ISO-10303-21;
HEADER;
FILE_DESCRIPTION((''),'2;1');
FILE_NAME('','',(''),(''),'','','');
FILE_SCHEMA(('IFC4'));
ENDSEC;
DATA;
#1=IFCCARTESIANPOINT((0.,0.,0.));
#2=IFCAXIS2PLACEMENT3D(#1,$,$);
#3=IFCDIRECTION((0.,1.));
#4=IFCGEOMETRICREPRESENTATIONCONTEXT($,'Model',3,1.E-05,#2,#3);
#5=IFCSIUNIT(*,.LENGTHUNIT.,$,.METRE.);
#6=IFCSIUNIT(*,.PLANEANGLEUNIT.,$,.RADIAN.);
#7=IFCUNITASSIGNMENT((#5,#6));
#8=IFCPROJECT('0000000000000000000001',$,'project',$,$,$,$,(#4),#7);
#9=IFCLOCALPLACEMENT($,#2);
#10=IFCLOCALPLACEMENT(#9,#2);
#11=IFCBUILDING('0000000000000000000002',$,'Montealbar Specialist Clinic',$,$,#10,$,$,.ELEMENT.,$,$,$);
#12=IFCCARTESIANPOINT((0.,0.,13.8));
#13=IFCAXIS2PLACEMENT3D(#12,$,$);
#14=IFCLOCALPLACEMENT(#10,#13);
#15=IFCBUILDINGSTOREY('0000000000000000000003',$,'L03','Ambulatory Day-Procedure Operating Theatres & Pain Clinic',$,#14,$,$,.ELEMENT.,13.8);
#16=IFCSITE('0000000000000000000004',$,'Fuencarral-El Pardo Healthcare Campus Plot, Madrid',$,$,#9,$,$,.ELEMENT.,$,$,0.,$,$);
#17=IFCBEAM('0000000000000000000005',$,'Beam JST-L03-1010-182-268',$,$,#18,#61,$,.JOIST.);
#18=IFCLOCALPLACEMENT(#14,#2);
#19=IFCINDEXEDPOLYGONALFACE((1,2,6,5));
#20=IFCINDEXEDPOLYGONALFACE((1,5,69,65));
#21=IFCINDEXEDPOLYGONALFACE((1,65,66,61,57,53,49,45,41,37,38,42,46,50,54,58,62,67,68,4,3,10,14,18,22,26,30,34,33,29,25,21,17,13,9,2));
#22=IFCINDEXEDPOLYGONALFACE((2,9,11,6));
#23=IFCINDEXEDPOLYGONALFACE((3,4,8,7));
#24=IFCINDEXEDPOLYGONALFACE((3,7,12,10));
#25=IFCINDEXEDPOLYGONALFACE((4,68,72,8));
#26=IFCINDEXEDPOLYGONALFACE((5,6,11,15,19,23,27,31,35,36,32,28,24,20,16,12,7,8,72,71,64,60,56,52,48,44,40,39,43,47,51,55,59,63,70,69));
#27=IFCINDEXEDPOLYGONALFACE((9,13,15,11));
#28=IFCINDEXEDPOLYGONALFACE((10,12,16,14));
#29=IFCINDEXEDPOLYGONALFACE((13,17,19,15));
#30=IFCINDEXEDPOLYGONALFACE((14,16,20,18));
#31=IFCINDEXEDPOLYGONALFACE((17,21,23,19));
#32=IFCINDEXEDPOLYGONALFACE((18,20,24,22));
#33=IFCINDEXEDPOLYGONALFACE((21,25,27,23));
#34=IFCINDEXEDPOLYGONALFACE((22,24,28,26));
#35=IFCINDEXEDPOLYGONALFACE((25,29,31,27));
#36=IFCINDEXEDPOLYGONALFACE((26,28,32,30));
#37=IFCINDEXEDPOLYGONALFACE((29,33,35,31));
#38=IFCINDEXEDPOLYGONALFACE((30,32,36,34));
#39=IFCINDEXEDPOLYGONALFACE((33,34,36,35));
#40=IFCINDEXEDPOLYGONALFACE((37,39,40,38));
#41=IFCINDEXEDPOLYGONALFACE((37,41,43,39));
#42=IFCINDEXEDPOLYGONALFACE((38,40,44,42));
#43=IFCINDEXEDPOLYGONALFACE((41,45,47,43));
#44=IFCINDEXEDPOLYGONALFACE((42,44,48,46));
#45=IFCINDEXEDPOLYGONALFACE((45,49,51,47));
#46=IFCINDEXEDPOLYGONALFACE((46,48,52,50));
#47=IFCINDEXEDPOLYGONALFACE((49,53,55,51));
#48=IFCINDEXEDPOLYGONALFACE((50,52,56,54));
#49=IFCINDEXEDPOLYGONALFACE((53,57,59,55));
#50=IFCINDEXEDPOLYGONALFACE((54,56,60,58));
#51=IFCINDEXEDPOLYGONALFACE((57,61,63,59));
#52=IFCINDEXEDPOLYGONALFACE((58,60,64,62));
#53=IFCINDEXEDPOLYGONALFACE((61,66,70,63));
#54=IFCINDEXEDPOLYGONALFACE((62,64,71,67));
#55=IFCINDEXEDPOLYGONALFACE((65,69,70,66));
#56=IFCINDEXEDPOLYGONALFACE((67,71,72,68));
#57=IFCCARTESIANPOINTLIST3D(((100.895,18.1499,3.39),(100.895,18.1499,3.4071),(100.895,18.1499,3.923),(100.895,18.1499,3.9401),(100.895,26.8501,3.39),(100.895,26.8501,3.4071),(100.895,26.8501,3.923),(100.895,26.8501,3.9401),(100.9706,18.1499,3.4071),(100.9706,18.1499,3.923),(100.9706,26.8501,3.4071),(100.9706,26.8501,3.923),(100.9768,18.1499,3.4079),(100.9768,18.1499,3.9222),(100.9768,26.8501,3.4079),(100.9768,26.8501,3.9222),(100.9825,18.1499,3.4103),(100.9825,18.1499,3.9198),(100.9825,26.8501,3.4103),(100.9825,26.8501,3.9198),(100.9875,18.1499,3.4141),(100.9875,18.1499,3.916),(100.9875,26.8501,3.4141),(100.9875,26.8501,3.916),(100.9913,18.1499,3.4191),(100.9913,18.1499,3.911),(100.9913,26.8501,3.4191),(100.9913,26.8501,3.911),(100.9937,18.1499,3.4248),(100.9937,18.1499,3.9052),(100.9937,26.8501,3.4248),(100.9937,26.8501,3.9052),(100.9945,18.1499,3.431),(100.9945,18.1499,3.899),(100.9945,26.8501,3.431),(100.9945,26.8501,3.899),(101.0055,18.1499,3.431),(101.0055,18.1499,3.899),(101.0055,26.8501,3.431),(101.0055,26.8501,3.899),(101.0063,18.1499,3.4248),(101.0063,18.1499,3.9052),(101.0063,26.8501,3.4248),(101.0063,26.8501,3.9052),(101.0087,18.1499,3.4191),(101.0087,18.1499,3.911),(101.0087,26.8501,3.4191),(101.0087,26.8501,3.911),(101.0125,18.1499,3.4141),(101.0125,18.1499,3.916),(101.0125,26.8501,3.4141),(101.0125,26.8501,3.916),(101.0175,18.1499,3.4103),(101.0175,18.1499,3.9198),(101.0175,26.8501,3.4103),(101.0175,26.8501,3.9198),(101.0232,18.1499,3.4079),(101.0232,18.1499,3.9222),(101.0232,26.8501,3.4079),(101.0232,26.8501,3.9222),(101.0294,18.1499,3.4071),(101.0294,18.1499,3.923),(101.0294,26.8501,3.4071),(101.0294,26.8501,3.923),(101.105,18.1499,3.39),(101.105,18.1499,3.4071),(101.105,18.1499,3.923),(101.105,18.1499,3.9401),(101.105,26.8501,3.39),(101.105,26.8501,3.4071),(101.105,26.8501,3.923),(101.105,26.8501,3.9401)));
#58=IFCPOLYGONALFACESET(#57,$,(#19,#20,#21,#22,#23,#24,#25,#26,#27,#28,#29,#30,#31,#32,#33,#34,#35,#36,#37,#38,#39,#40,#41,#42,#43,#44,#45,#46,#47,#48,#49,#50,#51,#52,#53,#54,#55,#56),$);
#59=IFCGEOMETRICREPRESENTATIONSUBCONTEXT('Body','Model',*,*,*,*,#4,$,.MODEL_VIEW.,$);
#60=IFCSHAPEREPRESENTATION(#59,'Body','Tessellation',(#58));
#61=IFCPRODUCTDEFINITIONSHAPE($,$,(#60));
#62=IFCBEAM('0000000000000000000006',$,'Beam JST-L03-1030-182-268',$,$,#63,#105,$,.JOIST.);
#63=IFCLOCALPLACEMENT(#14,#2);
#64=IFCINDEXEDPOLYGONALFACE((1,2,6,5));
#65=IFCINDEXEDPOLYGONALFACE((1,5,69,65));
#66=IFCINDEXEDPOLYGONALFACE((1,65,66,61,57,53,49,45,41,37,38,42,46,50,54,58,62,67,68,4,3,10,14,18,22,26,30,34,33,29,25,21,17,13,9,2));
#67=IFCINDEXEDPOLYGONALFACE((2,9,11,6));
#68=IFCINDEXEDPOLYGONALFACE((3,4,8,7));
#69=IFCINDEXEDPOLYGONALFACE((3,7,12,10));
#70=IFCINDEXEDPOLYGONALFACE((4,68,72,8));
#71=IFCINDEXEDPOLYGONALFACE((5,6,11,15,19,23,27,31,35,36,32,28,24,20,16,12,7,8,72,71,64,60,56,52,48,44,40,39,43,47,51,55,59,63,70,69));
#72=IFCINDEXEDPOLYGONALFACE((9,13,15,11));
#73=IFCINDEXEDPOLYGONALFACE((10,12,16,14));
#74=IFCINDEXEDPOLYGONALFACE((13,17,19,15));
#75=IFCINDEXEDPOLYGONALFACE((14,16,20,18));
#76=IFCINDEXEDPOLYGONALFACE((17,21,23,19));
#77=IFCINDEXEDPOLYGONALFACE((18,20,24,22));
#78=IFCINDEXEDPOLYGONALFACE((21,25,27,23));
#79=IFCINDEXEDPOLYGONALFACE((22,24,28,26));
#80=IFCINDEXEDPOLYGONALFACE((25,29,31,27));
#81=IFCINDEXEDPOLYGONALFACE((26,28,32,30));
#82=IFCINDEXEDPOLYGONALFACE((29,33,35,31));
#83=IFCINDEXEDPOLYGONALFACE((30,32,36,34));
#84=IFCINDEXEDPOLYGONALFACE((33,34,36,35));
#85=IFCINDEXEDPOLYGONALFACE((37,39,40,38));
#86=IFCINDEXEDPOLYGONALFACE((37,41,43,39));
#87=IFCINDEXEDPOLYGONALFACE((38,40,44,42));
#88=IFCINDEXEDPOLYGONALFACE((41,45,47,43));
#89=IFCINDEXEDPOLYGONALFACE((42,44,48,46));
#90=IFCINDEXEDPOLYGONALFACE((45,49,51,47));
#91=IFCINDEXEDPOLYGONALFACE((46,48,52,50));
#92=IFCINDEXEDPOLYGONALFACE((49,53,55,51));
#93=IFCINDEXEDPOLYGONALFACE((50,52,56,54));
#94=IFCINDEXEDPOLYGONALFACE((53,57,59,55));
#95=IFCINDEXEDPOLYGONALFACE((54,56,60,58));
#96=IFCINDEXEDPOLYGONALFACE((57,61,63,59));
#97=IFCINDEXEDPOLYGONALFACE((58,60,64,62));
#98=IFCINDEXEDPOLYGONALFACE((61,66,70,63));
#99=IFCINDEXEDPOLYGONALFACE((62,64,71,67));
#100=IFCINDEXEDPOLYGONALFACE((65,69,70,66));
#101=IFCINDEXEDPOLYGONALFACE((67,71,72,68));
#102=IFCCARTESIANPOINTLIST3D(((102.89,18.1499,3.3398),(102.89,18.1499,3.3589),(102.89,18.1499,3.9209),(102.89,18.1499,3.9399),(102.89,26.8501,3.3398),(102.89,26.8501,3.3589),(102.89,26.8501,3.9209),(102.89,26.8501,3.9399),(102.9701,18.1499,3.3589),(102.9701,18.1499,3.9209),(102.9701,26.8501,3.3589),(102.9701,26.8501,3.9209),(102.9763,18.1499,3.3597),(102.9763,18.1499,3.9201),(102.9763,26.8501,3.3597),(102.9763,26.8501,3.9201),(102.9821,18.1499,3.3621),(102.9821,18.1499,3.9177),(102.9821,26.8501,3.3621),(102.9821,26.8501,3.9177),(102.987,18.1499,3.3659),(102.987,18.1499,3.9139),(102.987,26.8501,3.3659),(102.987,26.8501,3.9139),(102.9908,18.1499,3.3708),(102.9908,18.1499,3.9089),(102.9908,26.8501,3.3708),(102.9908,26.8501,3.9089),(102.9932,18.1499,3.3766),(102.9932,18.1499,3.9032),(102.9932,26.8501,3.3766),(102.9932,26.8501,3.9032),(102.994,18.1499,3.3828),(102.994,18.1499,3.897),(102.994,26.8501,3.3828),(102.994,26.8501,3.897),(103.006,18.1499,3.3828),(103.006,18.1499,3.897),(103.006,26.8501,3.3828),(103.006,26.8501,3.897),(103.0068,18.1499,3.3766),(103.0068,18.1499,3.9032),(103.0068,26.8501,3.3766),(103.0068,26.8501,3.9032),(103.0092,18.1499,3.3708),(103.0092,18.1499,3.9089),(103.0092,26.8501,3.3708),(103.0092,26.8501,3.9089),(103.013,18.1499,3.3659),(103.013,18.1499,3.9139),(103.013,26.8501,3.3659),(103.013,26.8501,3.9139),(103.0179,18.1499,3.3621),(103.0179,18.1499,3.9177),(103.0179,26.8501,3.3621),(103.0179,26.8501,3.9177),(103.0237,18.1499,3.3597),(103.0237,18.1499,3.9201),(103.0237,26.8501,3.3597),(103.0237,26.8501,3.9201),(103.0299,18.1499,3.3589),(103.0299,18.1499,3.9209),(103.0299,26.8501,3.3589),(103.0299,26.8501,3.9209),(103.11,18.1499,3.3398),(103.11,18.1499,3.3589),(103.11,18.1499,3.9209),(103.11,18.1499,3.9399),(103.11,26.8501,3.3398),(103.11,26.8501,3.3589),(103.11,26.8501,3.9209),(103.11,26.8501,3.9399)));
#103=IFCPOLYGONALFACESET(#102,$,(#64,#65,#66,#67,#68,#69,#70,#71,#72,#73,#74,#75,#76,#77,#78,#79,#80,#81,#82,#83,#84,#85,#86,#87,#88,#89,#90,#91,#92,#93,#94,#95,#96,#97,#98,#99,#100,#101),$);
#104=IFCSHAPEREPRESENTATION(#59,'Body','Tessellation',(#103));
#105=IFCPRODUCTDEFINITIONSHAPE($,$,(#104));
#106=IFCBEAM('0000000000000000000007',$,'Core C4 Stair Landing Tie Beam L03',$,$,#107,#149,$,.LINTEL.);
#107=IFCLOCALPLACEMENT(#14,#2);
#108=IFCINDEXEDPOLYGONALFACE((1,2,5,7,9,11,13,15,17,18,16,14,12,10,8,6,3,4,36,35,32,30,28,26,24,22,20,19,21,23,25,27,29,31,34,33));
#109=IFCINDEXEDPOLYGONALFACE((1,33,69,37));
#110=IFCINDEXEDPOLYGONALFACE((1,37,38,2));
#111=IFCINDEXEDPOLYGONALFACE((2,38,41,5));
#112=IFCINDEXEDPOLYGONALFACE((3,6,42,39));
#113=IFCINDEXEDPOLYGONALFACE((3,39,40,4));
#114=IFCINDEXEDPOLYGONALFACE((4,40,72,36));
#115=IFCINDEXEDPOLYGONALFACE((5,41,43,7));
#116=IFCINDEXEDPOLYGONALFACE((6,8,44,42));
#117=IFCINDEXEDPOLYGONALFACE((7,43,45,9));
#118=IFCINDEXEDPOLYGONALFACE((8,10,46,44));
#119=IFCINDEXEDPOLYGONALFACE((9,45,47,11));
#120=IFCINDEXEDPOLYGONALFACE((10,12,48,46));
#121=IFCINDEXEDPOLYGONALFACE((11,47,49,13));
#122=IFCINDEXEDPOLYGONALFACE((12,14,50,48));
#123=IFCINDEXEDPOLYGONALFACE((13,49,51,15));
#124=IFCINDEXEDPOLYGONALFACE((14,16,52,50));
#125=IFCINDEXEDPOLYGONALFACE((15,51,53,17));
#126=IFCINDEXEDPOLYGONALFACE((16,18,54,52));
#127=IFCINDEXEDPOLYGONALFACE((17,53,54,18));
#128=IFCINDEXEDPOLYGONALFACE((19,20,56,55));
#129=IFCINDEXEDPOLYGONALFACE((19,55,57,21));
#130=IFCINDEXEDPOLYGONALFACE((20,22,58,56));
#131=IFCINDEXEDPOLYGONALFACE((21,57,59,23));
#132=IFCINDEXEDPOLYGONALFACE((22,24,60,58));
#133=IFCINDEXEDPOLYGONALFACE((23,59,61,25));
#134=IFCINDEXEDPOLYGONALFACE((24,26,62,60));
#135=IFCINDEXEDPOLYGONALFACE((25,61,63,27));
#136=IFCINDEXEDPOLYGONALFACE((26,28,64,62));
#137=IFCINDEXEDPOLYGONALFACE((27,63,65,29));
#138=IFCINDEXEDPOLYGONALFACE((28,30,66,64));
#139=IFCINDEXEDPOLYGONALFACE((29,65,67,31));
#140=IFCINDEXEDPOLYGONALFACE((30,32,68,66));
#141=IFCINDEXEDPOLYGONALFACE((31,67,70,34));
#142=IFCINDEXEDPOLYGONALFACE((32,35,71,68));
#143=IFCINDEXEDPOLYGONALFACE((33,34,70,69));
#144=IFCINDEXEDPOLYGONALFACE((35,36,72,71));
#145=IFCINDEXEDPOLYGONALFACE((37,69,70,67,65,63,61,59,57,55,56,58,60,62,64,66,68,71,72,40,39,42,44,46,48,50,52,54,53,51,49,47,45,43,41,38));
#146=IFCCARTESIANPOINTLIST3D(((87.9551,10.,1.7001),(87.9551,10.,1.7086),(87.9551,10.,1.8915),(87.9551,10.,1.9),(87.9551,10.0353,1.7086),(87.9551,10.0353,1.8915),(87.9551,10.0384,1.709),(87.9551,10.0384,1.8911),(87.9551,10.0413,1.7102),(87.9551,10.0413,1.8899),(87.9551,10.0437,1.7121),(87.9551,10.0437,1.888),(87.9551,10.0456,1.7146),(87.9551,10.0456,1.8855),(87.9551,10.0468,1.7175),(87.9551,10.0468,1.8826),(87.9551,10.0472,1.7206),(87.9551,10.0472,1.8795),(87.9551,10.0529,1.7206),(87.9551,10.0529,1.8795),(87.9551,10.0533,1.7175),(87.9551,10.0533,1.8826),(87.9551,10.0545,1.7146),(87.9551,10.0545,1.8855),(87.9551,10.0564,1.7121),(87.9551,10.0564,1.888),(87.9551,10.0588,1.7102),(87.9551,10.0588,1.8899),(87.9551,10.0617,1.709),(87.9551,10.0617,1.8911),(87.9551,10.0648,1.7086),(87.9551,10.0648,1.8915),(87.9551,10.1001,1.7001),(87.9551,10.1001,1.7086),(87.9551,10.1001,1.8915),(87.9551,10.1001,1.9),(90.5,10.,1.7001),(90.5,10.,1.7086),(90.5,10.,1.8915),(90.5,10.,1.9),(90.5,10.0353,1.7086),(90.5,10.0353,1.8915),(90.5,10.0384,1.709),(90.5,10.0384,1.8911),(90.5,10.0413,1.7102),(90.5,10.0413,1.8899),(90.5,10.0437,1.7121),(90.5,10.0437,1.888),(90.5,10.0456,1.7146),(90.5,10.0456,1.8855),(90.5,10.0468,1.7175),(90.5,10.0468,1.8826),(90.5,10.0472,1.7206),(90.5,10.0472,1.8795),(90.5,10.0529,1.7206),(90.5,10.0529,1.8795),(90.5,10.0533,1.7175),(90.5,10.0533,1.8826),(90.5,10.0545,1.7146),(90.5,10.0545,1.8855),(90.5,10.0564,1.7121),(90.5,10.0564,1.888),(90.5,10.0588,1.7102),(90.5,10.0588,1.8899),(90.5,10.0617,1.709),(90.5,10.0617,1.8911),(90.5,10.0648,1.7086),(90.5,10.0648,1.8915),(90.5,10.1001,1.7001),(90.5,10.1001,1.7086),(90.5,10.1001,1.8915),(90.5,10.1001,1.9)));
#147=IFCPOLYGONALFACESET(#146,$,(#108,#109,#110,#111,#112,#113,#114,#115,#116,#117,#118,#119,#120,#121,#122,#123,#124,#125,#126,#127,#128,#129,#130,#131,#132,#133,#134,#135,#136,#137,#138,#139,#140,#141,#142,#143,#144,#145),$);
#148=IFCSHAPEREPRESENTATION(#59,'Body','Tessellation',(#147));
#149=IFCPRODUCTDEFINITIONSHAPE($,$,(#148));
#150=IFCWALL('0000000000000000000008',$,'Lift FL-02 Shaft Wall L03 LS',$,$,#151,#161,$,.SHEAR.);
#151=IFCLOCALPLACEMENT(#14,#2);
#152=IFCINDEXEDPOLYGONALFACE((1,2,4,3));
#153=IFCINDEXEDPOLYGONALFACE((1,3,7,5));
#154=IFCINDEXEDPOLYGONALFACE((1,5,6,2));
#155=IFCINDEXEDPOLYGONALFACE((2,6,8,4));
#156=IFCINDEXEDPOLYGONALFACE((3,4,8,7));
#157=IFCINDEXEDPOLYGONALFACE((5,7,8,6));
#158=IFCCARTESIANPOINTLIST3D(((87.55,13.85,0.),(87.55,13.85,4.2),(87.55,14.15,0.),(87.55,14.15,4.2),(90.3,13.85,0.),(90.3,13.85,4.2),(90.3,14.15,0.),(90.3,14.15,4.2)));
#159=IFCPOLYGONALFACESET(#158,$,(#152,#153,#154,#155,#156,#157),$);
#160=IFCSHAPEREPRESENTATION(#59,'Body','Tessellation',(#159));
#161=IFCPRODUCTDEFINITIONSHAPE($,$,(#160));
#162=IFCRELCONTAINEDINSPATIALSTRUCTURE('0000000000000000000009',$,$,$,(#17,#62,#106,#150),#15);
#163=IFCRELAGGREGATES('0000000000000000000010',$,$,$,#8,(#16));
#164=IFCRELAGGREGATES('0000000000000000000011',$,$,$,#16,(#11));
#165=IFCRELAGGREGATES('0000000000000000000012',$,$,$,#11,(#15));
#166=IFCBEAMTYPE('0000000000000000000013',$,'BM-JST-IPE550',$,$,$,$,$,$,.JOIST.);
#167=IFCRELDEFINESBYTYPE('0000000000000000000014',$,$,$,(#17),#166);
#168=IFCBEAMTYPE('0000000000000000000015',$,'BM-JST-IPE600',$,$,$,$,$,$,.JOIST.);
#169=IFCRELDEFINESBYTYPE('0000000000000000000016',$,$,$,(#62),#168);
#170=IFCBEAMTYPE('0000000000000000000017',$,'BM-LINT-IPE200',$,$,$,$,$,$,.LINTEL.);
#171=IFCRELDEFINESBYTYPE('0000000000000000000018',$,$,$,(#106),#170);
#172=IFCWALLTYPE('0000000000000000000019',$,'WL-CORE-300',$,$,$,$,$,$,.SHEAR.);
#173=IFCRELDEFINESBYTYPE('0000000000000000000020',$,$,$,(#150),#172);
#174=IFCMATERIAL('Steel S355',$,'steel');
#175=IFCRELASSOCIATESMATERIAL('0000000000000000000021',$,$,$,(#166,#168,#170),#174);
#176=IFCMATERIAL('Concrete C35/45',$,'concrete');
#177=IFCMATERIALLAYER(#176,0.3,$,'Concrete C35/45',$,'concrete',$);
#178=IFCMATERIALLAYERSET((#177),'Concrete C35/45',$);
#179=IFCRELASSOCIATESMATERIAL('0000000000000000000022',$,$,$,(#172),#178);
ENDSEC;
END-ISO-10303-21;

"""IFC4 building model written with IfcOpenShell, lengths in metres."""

from ifc_helpers import new_model, si_unit, direction, frame, frame_2d, origin, origin_2d, place, context, subcontext, project, spatial, rectangle, i_section, extrude, material, layer, layer_set, material_profile, profile_set, type_object, element, save


model = new_model("IFC4")

# Units and contexts
model_context = context("Model", 3, precision=1e-05, world=origin(), true_north=direction((0.0, 1.0)))
body_context = subcontext(model_context, "Body", "Model", "MODEL_VIEW")
ifc_project = project(units=[si_unit("LENGTHUNIT", "METRE"), si_unit("PLANEANGLEUNIT", "RADIAN")], contexts=[model_context])

# Site, building, storey
site_placement = place(None, origin())
site = spatial("IfcSite", under=ifc_project, at=site_placement, Name="Fuencarral-El Pardo Healthcare Campus Plot, Madrid", CompositionType="ELEMENT", RefElevation=0.0)
building_placement = place(site_placement, origin())
building = spatial("IfcBuilding", under=site, at=building_placement, Name="Montealbar Specialist Clinic", CompositionType="ELEMENT")
storey_placement = place(building_placement, frame((0.0, 0.0, 13.8)))
storey = spatial("IfcBuildingStorey", under=building, at=storey_placement, Name="L03", Description="Ambulatory Day-Procedure Operating Theatres & Pain Clinic", CompositionType="ELEMENT", Elevation=13.8)

# Shared definitions
ifc_material_1 = material(Name="Steel S355", Category="steel")

# Beams
ifc_material_profile_1 = material_profile(ifc_material_1, i_section(OverallWidth=0.21, OverallDepth=0.55, WebThickness=0.011, FlangeThickness=0.0171, FilletRadius=0.0239, at=origin_2d()), Name="IPE 550", Category="steel")
ifc_profile_set_1 = profile_set([ifc_material_profile_1], Name="Steel S355")
beam_type_1 = type_object("IfcBeamType", Name="BM-JST-IPE550", PredefinedType="JOIST", material=ifc_profile_set_1)
beam_1_placement = place(storey_placement, frame((101.0, 18.1499, 3.665), z_axis=(0.0, 1.0, 0.0), x_axis=(-1.0, 0.0, 0.0)))
element("IfcBeam", 1, at=beam_1_placement, inside=storey, type_object=beam_type_1, Name="Beam JST-L03-1010-182-268", PredefinedType="JOIST", context=body_context, shape_type="SweptSolid", body=[
    extrude(i_section(OverallWidth=0.21, OverallDepth=0.55, WebThickness=0.011, FlangeThickness=0.0171, FilletRadius=0.0239, at=origin_2d()), origin(), (0.0, 0.0, 1.0), 8.7002),
])
ifc_material_profile_2 = material_profile(ifc_material_1, i_section(OverallWidth=0.22, OverallDepth=0.6001, WebThickness=0.012, FlangeThickness=0.019, FilletRadius=0.0239, at=origin_2d()), Name="IPE 600", Category="steel")
ifc_profile_set_2 = profile_set([ifc_material_profile_2], Name="Steel S355")
beam_type_2 = type_object("IfcBeamType", Name="BM-JST-IPE600", PredefinedType="JOIST", material=ifc_profile_set_2)
beam_2_placement = place(storey_placement, frame((103.0, 18.1499, 3.6399), z_axis=(0.0, 1.0, 0.0), x_axis=(-1.0, 0.0, 0.0)))
element("IfcBeam", 2, at=beam_2_placement, inside=storey, type_object=beam_type_2, Name="Beam JST-L03-1030-182-268", PredefinedType="JOIST", context=body_context, shape_type="SweptSolid", body=[
    extrude(i_section(OverallWidth=0.22, OverallDepth=0.6001, WebThickness=0.012, FlangeThickness=0.019, FilletRadius=0.0239, at=origin_2d()), origin(), (0.0, 0.0, 1.0), 8.7002),
])
ifc_material_profile_3 = material_profile(ifc_material_1, i_section(OverallWidth=0.1001, OverallDepth=0.2, WebThickness=0.0056, FlangeThickness=0.0085, FilletRadius=0.012, at=origin_2d()), Name="IPE 200", Category="steel")
ifc_profile_set_3 = profile_set([ifc_material_profile_3], Name="Steel S355")
beam_type_3 = type_object("IfcBeamType", Name="BM-LINT-IPE200", PredefinedType="LINTEL", material=ifc_profile_set_3)
beam_3_placement = place(storey_placement, frame((87.9551, 10.05, 1.8), z_axis=(1.0, 0.0, 0.0), x_axis=(0.0, 1.0, 0.0)))
element("IfcBeam", 3, at=beam_3_placement, inside=storey, type_object=beam_type_3, Name="Core C4 Stair Landing Tie Beam L03", PredefinedType="LINTEL", context=body_context, shape_type="SweptSolid", body=[
    extrude(i_section(OverallWidth=0.1001, OverallDepth=0.2, WebThickness=0.0056, FlangeThickness=0.0085, FilletRadius=0.012, at=origin_2d()), origin(), (0.0, 0.0, 1.0), 2.5449),
])

# Wall
ifc_material_2 = material(Name="Concrete C35/45", Category="concrete")
ifc_layer_1 = layer(ifc_material_2, 0.3, Name="Concrete C35/45", Category="concrete")
ifc_layer_set_1 = layer_set([ifc_layer_1], Name="Concrete C35/45")
wall_type_1 = type_object("IfcWallType", Name="WL-CORE-300", PredefinedType="SHEAR", material=ifc_layer_set_1)
wall_1_placement = place(storey_placement, frame((87.55, 14.0, 0.0), z_axis=(0.0, 0.0, 1.0), x_axis=(1.0, 0.0, 0.0)))
element("IfcWall", 4, at=wall_1_placement, inside=storey, type_object=wall_type_1, Name="Lift FL-02 Shaft Wall L03 LS", PredefinedType="SHEAR", context=body_context, shape_type="SweptSolid", body=[
    extrude(rectangle(XDim=2.75, YDim=0.3, at=frame_2d((1.375, 0.0))), origin(), (0.0, 0.0, 1.0), 4.2),
])

save(model, "model.ifc")
